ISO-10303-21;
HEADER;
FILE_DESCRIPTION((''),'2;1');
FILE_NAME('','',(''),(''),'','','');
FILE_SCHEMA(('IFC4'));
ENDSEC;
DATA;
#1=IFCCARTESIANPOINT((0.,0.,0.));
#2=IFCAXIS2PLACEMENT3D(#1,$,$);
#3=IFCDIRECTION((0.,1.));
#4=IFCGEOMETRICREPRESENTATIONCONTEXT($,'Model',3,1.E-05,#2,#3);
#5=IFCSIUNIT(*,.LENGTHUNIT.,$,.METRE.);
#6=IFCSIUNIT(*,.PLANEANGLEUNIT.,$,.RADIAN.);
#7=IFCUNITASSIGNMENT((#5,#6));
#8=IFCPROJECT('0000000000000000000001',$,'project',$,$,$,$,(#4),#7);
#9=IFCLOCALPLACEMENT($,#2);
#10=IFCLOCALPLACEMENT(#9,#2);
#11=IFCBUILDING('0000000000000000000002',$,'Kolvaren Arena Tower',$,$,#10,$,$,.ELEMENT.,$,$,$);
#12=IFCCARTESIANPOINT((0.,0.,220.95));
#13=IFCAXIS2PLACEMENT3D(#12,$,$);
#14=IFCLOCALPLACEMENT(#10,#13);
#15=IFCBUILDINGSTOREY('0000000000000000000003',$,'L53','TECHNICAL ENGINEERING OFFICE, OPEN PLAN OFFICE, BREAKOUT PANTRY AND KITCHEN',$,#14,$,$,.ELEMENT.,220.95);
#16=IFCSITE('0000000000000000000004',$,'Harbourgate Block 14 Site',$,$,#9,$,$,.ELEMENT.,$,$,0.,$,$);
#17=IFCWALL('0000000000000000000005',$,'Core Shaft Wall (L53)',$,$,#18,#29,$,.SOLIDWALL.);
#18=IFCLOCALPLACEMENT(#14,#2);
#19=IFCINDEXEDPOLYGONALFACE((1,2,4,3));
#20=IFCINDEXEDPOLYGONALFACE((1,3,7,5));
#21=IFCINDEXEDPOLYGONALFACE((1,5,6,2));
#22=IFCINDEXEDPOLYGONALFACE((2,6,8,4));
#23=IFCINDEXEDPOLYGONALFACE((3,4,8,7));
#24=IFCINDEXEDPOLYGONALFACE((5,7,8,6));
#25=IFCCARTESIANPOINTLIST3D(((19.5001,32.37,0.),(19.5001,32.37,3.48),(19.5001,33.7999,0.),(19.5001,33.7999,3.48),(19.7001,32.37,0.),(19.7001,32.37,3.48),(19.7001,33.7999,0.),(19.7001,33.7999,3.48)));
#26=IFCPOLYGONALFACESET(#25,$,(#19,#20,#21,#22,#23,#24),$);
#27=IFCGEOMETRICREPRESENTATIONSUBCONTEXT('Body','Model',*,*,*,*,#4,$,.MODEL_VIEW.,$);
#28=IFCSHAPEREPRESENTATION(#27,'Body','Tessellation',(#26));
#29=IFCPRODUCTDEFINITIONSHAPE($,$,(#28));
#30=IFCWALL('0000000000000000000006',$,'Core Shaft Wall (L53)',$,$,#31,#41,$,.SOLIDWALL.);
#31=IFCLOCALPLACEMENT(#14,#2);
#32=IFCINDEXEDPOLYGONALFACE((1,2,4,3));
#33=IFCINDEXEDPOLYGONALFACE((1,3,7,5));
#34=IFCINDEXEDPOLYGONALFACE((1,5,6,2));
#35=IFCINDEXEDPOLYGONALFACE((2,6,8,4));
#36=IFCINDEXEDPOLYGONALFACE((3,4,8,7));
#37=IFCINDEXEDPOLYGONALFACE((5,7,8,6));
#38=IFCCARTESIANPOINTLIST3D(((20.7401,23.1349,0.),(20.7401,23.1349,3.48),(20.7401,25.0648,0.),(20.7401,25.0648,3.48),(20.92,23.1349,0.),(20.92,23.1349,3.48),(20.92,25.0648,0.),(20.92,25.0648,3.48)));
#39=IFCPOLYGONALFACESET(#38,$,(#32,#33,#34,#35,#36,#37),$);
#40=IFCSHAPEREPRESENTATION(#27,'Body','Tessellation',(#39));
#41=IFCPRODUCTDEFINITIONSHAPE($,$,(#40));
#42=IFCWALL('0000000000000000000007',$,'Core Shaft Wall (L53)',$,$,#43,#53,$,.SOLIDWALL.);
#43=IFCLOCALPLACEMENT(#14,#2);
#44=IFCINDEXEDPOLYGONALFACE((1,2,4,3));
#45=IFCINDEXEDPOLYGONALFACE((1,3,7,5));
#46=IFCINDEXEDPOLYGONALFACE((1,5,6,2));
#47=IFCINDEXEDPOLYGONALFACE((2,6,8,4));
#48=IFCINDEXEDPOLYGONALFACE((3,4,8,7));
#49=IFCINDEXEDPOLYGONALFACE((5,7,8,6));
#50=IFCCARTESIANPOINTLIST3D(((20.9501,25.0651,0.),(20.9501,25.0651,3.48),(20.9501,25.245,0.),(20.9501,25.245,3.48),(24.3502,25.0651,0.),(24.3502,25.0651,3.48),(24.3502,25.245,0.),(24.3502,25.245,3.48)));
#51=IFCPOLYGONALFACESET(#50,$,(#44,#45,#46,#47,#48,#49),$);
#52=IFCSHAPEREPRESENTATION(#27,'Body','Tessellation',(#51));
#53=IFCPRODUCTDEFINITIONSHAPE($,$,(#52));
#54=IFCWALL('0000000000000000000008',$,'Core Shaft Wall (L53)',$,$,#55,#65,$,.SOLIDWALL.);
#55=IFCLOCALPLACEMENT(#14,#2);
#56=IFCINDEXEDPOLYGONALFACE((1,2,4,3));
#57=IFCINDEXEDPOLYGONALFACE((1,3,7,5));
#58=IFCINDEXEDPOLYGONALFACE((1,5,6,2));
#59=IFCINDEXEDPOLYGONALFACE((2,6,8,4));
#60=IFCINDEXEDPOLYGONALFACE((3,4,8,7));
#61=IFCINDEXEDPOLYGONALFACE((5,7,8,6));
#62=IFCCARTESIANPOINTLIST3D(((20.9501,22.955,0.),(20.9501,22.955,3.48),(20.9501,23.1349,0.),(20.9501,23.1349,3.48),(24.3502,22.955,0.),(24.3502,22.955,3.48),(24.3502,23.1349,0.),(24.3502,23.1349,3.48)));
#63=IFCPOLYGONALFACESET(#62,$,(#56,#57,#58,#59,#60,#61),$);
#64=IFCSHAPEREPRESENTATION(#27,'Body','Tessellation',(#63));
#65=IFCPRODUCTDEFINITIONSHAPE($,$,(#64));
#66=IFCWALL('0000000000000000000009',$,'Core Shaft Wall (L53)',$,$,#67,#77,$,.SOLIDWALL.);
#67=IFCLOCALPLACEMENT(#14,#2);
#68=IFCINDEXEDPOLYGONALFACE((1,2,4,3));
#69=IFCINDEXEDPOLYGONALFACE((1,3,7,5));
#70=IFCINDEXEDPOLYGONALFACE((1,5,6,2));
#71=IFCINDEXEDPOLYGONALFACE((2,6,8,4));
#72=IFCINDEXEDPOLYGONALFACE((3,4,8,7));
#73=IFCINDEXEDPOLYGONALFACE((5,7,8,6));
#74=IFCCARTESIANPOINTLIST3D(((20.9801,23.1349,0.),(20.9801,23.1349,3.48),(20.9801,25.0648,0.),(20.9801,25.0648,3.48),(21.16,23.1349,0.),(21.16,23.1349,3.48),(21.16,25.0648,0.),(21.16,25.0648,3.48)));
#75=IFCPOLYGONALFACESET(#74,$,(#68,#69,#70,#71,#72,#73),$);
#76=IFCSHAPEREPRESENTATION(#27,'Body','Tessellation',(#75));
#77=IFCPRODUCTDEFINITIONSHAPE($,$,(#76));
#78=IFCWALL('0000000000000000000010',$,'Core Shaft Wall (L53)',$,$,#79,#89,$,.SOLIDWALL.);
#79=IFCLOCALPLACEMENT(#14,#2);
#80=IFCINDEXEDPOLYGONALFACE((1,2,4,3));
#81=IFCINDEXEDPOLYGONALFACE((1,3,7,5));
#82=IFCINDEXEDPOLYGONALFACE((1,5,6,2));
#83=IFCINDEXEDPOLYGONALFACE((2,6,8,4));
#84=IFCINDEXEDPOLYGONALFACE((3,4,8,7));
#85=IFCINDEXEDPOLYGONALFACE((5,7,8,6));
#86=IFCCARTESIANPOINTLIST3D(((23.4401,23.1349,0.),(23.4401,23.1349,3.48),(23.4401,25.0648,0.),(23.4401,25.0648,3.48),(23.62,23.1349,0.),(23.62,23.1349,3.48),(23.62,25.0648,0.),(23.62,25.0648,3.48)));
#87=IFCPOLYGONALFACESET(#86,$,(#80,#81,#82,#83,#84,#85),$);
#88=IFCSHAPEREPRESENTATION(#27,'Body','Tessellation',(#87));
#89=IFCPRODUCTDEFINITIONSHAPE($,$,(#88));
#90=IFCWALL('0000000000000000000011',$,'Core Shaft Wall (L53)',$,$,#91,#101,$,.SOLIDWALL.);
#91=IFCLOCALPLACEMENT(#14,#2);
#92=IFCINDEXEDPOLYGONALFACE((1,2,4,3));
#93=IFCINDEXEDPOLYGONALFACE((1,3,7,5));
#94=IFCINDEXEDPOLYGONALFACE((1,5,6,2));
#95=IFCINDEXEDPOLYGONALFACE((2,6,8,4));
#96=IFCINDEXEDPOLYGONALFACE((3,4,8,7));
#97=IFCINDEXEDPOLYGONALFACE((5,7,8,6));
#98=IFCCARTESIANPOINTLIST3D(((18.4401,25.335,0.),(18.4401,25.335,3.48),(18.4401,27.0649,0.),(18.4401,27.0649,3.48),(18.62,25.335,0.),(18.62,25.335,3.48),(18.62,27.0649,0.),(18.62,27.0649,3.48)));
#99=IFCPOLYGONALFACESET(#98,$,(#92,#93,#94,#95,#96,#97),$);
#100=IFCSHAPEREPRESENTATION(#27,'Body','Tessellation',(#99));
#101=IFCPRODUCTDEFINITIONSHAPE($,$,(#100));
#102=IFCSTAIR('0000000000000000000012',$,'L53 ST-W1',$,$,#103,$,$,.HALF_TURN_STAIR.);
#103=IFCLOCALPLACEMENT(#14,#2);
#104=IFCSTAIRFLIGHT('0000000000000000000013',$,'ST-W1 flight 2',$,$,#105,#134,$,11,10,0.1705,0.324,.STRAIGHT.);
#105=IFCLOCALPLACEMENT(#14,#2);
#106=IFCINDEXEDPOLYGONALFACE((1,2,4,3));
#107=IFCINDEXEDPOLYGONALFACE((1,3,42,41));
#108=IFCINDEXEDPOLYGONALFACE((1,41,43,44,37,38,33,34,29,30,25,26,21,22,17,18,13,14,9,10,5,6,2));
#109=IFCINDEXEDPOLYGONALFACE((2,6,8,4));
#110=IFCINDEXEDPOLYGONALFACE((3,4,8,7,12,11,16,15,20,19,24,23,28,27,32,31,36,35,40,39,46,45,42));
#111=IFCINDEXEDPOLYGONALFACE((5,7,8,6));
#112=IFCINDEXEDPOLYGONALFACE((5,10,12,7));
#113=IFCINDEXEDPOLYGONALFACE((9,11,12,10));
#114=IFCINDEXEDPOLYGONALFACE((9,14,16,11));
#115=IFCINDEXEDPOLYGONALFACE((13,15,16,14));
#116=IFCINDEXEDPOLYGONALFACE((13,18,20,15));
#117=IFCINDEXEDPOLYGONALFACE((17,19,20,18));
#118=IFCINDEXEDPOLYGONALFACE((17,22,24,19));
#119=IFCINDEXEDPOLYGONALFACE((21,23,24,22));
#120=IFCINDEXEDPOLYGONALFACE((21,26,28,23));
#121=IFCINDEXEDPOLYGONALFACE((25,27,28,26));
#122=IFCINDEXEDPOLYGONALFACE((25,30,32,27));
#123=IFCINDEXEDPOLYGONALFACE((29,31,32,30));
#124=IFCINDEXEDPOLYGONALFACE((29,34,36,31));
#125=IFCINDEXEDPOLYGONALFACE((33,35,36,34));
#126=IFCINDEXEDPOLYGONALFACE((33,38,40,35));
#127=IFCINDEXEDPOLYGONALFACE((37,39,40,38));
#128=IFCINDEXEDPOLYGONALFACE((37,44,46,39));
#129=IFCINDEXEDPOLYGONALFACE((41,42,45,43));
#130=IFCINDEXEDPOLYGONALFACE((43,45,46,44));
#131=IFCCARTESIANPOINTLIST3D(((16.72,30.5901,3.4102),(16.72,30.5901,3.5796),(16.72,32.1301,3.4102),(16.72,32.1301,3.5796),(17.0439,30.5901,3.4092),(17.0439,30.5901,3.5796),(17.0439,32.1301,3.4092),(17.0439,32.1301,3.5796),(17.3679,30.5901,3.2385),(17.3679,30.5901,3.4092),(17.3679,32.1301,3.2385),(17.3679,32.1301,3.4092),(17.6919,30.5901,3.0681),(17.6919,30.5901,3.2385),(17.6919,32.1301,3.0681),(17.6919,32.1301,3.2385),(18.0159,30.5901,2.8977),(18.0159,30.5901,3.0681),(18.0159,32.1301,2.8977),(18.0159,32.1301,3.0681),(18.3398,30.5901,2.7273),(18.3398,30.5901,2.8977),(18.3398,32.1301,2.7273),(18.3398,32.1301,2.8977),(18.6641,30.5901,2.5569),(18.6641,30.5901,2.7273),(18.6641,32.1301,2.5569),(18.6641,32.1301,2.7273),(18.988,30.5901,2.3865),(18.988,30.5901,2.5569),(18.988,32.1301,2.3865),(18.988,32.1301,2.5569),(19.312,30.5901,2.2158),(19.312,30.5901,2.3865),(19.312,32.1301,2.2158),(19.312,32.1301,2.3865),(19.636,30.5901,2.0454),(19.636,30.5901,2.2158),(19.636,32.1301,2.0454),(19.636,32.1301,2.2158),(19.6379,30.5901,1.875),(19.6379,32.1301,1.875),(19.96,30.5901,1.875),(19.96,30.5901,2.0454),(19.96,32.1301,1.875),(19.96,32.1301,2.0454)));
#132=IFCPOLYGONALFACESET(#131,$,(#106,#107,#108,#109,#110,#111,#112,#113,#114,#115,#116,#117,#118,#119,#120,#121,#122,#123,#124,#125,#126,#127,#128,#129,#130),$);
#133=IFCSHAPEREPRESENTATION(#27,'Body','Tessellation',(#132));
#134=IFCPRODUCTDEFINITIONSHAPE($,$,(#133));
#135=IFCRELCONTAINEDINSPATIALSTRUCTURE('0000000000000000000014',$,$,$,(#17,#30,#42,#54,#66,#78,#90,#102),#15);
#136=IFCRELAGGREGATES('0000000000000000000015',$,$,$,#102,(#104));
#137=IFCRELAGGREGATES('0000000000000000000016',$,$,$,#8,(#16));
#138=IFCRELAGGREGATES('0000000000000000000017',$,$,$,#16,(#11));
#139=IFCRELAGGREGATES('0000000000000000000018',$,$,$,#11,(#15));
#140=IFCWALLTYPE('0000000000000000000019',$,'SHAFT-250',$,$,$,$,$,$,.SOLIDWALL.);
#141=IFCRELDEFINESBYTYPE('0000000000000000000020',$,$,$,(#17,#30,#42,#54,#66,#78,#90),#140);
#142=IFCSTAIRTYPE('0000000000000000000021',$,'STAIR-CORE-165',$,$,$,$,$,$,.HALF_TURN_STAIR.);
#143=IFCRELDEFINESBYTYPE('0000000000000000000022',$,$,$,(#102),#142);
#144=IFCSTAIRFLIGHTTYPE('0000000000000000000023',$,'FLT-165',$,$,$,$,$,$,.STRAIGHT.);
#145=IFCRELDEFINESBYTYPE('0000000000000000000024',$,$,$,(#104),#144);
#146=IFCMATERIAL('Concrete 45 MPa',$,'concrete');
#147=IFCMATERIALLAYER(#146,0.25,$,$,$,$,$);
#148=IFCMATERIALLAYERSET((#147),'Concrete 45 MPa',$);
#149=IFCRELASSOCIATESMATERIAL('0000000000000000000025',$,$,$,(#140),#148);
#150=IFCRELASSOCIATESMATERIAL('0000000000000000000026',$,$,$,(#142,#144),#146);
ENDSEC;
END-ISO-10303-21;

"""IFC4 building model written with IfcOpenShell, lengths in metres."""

from ifc_helpers import new_model, si_unit, direction, frame, frame_2d, origin, place, context, subcontext, project, spatial, polyline, rectangle, outline, extrude, material, layer, layer_set, type_object, element, aggregate, save


model = new_model("IFC4")

# Units and contexts
model_context = context("Model", 3, precision=1e-05, world=origin(), true_north=direction((0.0, 1.0)))
body_context = subcontext(model_context, "Body", "Model", "MODEL_VIEW")
ifc_project = project(units=[si_unit("LENGTHUNIT", "METRE"), si_unit("PLANEANGLEUNIT", "RADIAN")], contexts=[model_context])

# Site, building, storey
site_placement = place(None, origin())
site = spatial("IfcSite", under=ifc_project, at=site_placement, Name="Harbourgate Block 14 Site", CompositionType="ELEMENT", RefElevation=0.0)
building_placement = place(site_placement, origin())
building = spatial("IfcBuilding", under=site, at=building_placement, Name="Kolvaren Arena Tower", CompositionType="ELEMENT")
storey_placement = place(building_placement, frame((0.0, 0.0, 220.95)))
storey = spatial("IfcBuildingStorey", under=building, at=storey_placement, Name="L53", Description="TECHNICAL ENGINEERING OFFICE, OPEN PLAN OFFICE, BREAKOUT PANTRY AND KITCHEN", CompositionType="ELEMENT", Elevation=220.95)

# Shared definitions
ifc_material_1 = material(Name="Concrete 45 MPa", Category="concrete")
ifc_layer = layer(ifc_material_1, 0.25)
ifc_layer_set = layer_set([ifc_layer], Name="Concrete 45 MPa")
wall_type = type_object("IfcWallType", Name="SHAFT-250", PredefinedType="SOLIDWALL", material=ifc_layer_set)

# Walls
wall_1_placement = place(storey_placement, frame((19.6001, 32.3701, 0.0), z_axis=(0.0, 0.0, 1.0), x_axis=(0.0, 1.0, 0.0)))
element("IfcWall", 1, at=wall_1_placement, inside=storey, type_object=wall_type, Name="Core Shaft Wall (L53)", PredefinedType="SOLIDWALL", context=body_context, shape_type="SweptSolid", body=[
    extrude(rectangle(XDim=1.4299, YDim=0.2, at=frame_2d((0.7148, 0.0))), origin(), (0.0, 0.0, 1.0), 3.48),
])
wall_2_placement = place(storey_placement, frame((20.8301, 23.135, 0.0), z_axis=(0.0, 0.0, 1.0), x_axis=(0.0, 1.0, 0.0)))
element("IfcWall", 2, at=wall_2_placement, inside=storey, type_object=wall_type, Name="Core Shaft Wall (L53)", PredefinedType="SOLIDWALL", context=body_context, shape_type="SweptSolid", body=[
    extrude(rectangle(XDim=1.9299, YDim=0.1799, at=frame_2d((0.9648, 0.0))), origin(), (0.0, 0.0, 1.0), 3.48),
])
for number, where, z_axis, x_axis, name in (
    (3, (20.95, 25.155, 0.0), (0.0, 0.0, 1.0), (1.0, 0.0, 0.0), "Core Shaft Wall (L53)"),
    (4, (20.95, 23.0449, 0.0), (0.0, 0.0, 1.0), (1.0, 0.0, 0.0), "Core Shaft Wall (L53)"),
):
    element("IfcWall", number, at=place(storey_placement, frame(where, z_axis=z_axis, x_axis=x_axis)), inside=storey, type_object=wall_type, Name=name, PredefinedType="SOLIDWALL", context=body_context, shape_type="SweptSolid", body=[
        extrude(rectangle(XDim=3.4001, YDim=0.1799, at=frame_2d((1.7002, 0.0))), origin(), (0.0, 0.0, 1.0), 3.48),
    ])
for number, where, z_axis, x_axis, name in (
    (5, (21.0701, 23.135, 0.0), (0.0, 0.0, 1.0), (0.0, 1.0, 0.0), "Core Shaft Wall (L53)"),
    (6, (23.53, 23.135, 0.0), (0.0, 0.0, 1.0), (0.0, 1.0, 0.0), "Core Shaft Wall (L53)"),
):
    element("IfcWall", number, at=place(storey_placement, frame(where, z_axis=z_axis, x_axis=x_axis)), inside=storey, type_object=wall_type, Name=name, PredefinedType="SOLIDWALL", context=body_context, shape_type="SweptSolid", body=[
        extrude(rectangle(XDim=1.9299, YDim=0.1799, at=frame_2d((0.9648, 0.0))), origin(), (0.0, 0.0, 1.0), 3.48),
    ])
wall_3_placement = place(storey_placement, frame((18.53, 25.335, 0.0), z_axis=(0.0, 0.0, 1.0), x_axis=(0.0, 1.0, 0.0)))
element("IfcWall", 7, at=wall_3_placement, inside=storey, type_object=wall_type, Name="Core Shaft Wall (L53)", PredefinedType="SOLIDWALL", context=body_context, shape_type="SweptSolid", body=[
    extrude(rectangle(XDim=1.73, YDim=0.1799, at=frame_2d((0.865, 0.0))), origin(), (0.0, 0.0, 1.0), 3.48),
])

# Stair, stair flight
stair_type = type_object("IfcStairType", Name="STAIR-CORE-165", PredefinedType="HALF_TURN_STAIR", material=ifc_material_1)
stair_placement = place(storey_placement, origin())
stair = element("IfcStair", 8, at=stair_placement, inside=storey, type_object=stair_type, Name="L53 ST-W1", PredefinedType="HALF_TURN_STAIR")
stair_flight_type = type_object("IfcStairFlightType", Name="FLT-165", PredefinedType="STRAIGHT", material=ifc_material_1)
stair_flight_placement = place(storey_placement, frame((19.96, 31.3601, 1.875), z_axis=(0.0, 0.0, 1.0), x_axis=(-1.0, 0.0, 0.0)))
stair_flight = element("IfcStairFlight", 9, at=stair_flight_placement, type_object=stair_flight_type, Name="ST-W1 flight 2", NumberOfRisers=11, NumberOfTreads=10, PredefinedType="STRAIGHT", RiserHeight=0.1705, TreadLength=0.324, context=body_context, shape_type="SweptSolid", body=[
    extrude(outline(polyline([(0.0, 0.0), (0.0, 0.1704), (0.324, 0.1704), (0.324, 0.3408), (0.6479, 0.3408), (0.6479, 0.5115), (0.9719, 0.5115), (0.9719, 0.6819), (1.2959, 0.6819), (1.2959, 0.8523), (1.6201, 0.8523), (1.6201, 1.0227), (1.9441, 1.0227), (1.9441, 1.1931), (2.2681, 1.1931), (2.2681, 1.3635), (2.592, 1.3635), (2.592, 1.5342), (2.916, 1.5342), (2.916, 1.7046), (3.24, 1.7046), (3.24, 1.875), (3.24, 1.5352), (0.322, 0.0), (0.0, 0.0)])), frame((0.0, 0.77, 0.0), z_axis=(0.0, -1.0, 0.0), x_axis=(1.0, 0.0, 0.0)), (0.0, 0.0, 1.0), 1.54),
])
aggregate(stair, [stair_flight])

save(model, "model.ifc")
